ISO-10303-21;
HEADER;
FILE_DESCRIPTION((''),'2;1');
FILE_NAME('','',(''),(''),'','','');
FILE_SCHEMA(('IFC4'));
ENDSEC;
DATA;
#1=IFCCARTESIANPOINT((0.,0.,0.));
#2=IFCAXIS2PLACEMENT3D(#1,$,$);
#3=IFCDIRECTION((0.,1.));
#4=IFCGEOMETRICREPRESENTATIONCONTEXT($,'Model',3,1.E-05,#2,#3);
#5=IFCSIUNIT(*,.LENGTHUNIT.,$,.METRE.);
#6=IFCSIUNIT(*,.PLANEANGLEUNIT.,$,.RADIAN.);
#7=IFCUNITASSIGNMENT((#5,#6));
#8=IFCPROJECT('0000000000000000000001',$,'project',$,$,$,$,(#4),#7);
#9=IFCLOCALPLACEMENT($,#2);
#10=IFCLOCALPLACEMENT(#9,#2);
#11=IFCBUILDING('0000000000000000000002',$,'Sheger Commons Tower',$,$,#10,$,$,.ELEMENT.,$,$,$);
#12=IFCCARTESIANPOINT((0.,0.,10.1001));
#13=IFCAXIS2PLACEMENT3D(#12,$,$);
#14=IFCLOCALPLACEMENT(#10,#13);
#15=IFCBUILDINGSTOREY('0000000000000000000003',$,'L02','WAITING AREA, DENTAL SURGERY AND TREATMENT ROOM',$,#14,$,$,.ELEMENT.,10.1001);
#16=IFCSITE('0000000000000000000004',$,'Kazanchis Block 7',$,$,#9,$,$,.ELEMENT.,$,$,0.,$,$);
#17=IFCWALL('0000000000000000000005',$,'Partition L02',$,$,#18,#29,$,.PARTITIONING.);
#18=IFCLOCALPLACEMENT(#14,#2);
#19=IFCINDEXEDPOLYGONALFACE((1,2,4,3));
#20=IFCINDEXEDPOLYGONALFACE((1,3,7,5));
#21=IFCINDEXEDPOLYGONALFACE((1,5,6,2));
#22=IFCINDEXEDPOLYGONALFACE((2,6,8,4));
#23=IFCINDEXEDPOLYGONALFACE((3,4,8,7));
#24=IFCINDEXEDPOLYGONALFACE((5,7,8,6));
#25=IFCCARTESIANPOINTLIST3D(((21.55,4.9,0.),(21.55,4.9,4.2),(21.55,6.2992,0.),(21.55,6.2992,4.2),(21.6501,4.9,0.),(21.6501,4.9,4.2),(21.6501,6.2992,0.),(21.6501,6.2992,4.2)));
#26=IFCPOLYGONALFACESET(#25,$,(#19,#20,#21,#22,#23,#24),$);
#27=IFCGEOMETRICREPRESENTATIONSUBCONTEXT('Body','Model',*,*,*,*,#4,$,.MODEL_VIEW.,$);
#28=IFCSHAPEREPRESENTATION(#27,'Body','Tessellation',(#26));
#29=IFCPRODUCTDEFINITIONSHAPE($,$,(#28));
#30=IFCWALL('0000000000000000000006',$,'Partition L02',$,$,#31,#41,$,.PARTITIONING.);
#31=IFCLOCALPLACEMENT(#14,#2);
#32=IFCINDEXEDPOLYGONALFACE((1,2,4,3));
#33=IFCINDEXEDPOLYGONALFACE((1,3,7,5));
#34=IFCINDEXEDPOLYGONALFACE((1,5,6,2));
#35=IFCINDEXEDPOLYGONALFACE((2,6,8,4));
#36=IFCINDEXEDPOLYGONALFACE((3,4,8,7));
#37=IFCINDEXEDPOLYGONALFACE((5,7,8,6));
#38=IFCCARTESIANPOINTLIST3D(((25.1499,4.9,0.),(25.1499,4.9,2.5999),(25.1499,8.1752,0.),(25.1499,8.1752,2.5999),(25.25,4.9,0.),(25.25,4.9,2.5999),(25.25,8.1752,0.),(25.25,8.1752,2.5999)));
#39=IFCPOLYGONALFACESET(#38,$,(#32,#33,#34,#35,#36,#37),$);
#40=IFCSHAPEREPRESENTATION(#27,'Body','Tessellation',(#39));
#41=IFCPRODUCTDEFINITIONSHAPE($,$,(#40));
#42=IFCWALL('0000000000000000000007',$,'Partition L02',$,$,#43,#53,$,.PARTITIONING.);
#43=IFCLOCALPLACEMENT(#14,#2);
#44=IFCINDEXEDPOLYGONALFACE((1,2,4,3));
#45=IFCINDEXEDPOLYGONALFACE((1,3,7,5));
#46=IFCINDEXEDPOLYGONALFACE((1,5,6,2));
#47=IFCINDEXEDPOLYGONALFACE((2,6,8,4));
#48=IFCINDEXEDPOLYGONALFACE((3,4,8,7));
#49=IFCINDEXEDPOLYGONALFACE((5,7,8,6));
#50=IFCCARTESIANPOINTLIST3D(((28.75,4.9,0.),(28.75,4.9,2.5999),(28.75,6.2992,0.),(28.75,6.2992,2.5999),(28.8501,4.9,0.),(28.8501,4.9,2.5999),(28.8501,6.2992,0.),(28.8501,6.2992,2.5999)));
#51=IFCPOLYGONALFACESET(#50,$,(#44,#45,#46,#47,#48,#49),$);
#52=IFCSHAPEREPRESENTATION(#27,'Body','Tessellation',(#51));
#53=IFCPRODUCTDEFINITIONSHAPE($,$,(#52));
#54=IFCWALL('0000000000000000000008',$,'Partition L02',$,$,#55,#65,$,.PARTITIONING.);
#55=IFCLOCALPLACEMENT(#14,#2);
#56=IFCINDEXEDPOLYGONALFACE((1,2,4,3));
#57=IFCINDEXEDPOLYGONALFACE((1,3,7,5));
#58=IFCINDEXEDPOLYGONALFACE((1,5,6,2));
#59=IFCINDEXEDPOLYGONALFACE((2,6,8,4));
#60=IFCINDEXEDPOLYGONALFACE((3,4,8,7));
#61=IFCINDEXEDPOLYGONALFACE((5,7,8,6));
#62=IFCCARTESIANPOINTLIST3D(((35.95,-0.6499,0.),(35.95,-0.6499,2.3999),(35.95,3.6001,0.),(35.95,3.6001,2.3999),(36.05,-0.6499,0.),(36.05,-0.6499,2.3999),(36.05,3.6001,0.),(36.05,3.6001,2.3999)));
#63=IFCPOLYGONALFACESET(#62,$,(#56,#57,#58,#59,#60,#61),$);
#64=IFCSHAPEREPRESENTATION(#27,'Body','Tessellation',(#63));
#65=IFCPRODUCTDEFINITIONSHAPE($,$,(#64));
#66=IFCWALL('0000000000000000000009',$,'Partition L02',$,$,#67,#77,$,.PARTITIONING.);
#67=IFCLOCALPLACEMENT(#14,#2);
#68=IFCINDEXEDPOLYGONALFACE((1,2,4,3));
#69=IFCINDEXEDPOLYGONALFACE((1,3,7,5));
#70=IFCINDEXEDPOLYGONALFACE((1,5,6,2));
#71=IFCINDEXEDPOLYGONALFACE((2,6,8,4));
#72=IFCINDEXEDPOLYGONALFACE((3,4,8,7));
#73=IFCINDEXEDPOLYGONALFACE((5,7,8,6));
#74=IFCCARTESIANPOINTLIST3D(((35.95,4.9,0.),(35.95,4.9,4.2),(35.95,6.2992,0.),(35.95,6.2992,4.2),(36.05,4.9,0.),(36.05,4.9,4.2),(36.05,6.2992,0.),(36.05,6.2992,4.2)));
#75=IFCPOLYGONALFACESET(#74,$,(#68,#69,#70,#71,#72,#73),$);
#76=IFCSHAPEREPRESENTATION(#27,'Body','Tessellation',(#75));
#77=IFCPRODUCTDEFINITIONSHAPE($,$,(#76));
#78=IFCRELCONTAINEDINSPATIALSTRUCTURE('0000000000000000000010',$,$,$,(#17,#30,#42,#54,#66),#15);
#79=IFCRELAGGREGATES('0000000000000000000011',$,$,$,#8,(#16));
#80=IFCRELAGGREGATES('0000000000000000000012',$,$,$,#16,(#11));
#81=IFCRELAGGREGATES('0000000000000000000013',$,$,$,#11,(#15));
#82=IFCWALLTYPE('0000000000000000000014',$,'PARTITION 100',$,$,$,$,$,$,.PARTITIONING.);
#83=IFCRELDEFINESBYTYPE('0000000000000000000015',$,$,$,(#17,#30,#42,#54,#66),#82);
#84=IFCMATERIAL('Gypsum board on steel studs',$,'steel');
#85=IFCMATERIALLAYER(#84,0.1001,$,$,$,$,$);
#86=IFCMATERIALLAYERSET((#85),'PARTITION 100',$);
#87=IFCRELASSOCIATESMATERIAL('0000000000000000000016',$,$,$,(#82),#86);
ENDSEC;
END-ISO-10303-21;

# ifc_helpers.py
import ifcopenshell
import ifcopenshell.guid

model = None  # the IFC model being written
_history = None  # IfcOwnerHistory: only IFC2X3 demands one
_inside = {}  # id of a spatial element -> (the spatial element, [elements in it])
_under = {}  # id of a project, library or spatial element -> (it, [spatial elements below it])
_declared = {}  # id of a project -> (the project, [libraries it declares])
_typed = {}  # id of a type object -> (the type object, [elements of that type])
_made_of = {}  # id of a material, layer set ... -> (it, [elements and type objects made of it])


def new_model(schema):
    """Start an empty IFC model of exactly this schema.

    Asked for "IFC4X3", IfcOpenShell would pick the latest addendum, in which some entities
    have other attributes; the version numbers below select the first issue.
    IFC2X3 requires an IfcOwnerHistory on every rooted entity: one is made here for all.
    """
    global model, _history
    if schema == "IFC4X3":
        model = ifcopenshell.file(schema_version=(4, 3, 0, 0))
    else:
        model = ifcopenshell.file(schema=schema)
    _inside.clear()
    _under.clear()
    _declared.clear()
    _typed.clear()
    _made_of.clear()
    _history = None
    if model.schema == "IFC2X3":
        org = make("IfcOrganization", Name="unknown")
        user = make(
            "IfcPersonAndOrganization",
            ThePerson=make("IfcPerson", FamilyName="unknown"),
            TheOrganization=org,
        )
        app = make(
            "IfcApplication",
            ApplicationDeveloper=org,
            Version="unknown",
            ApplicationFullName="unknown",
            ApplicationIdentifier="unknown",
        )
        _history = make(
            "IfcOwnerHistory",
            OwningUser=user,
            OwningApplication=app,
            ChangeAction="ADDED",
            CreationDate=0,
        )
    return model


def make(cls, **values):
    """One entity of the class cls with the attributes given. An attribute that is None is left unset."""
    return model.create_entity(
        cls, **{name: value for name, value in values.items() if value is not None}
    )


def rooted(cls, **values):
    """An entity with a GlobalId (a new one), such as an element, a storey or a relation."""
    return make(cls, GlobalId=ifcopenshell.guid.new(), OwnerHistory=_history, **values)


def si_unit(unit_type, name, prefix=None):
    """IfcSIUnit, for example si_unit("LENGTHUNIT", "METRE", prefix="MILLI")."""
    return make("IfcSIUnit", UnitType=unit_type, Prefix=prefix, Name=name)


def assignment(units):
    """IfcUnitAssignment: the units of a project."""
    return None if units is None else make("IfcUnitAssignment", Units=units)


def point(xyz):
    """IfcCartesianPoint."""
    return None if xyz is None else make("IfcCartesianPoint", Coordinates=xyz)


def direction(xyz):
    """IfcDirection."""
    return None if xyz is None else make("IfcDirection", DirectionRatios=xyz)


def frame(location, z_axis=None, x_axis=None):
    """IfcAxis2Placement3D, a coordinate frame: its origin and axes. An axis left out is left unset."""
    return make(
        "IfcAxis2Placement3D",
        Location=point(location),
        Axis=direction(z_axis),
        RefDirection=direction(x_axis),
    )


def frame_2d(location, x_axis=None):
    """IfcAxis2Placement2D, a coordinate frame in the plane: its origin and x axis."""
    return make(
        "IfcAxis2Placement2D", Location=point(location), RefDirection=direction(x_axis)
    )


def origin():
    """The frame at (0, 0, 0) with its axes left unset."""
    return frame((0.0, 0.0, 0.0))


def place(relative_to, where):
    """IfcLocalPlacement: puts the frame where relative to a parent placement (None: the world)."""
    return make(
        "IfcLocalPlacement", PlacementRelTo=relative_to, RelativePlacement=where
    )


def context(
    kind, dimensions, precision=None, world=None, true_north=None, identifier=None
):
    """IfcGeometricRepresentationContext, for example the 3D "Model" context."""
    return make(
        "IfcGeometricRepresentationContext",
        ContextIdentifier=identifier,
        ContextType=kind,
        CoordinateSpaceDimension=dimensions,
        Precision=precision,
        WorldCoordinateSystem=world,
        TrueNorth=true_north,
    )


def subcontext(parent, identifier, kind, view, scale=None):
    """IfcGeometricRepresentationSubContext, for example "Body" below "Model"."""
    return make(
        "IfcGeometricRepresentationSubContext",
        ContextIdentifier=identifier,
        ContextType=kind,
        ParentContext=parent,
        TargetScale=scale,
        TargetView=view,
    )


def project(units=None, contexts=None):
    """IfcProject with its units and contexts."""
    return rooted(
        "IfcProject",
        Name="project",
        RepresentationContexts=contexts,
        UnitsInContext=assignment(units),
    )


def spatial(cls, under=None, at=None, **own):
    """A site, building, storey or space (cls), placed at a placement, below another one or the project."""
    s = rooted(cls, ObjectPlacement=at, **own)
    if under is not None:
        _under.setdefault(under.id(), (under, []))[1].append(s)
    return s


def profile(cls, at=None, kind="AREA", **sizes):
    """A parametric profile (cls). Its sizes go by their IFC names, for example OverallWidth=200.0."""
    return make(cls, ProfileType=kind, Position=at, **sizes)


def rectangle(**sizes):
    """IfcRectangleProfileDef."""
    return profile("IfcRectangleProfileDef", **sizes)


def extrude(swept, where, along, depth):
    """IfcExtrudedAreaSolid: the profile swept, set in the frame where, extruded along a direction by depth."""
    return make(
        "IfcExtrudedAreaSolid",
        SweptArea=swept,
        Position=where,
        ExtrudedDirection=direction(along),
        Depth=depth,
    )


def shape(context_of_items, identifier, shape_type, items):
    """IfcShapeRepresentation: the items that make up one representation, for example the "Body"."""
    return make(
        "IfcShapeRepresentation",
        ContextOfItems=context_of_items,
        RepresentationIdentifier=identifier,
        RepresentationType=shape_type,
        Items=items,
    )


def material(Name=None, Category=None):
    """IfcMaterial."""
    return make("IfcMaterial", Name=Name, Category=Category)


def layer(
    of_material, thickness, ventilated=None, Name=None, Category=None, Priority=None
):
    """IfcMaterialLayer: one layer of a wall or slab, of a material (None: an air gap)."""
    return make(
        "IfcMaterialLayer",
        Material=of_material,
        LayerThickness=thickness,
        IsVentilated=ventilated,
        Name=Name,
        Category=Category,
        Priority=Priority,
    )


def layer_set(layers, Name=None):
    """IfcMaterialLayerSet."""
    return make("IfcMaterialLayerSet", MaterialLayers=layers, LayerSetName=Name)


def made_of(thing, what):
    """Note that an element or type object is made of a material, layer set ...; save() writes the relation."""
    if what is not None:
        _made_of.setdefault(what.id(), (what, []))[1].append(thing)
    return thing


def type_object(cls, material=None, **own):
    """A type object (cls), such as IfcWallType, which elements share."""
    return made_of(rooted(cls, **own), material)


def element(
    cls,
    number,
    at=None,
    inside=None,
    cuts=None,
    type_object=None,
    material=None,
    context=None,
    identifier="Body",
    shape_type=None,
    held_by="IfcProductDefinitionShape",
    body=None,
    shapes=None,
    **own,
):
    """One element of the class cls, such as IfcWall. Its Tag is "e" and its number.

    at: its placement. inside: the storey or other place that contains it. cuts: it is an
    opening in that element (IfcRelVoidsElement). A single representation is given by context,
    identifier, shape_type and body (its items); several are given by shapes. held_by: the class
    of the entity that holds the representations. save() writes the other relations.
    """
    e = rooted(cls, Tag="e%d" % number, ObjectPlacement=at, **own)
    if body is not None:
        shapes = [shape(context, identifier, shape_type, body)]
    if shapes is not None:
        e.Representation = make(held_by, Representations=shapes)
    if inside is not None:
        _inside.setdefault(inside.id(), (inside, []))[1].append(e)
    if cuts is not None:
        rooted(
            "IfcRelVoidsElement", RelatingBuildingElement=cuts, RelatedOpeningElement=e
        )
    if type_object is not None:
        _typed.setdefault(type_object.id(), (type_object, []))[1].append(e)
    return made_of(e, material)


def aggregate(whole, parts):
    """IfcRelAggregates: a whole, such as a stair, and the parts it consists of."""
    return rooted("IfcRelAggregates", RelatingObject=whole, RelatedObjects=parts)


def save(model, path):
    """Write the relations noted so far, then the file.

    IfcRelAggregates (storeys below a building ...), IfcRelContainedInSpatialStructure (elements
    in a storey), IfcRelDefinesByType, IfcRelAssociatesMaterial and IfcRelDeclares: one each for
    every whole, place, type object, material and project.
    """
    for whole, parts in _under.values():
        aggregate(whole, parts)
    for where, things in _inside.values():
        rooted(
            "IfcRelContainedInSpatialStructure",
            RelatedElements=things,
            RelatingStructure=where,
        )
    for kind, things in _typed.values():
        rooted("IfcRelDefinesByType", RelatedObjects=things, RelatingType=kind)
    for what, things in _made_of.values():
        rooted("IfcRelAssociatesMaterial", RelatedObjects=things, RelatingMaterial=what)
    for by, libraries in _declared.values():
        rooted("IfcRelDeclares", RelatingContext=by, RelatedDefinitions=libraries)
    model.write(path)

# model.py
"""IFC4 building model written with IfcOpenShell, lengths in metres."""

from ifc_helpers import new_model, si_unit, direction, frame, frame_2d, origin, place, context, subcontext, project, spatial, rectangle, extrude, material, layer, layer_set, type_object, element, save


model = new_model("IFC4")

# Units and contexts
model_context = context("Model", 3, precision=1e-05, world=origin(), true_north=direction((0.0, 1.0)))
body_context = subcontext(model_context, "Body", "Model", "MODEL_VIEW")
ifc_project = project(units=[si_unit("LENGTHUNIT", "METRE"), si_unit("PLANEANGLEUNIT", "RADIAN")], contexts=[model_context])

# Site, building, storey
site_placement = place(None, origin())
site = spatial("IfcSite", under=ifc_project, at=site_placement, Name="Kazanchis Block 7", CompositionType="ELEMENT", RefElevation=0.0)
building_placement = place(site_placement, origin())
building = spatial("IfcBuilding", under=site, at=building_placement, Name="Sheger Commons Tower", CompositionType="ELEMENT")
storey_placement = place(building_placement, frame((0.0, 0.0, 10.1001)))
storey = spatial("IfcBuildingStorey", under=building, at=storey_placement, Name="L02", Description="WAITING AREA, DENTAL SURGERY AND TREATMENT ROOM", CompositionType="ELEMENT", Elevation=10.1001)

# Shared definitions
ifc_material_1 = material(Name="Gypsum board on steel studs", Category="steel")
ifc_layer_1 = layer(ifc_material_1, 0.1001)
ifc_layer_set_1 = layer_set([ifc_layer_1], Name="PARTITION 100")
wall_type_1 = type_object("IfcWallType", Name="PARTITION 100", PredefinedType="PARTITIONING", material=ifc_layer_set_1)

# Walls
wall_1_placement = place(storey_placement, frame((21.6001, 4.8999, 0.0), z_axis=(0.0, 0.0, 1.0), x_axis=(0.0, 1.0, 0.0)))
element("IfcWall", 1, at=wall_1_placement, inside=storey, type_object=wall_type_1, Name="Partition L02", PredefinedType="PARTITIONING", context=body_context, shape_type="SweptSolid", body=[
    extrude(rectangle(XDim=1.3992, YDim=0.1001, at=frame_2d((0.6997, 0.0))), origin(), (0.0, 0.0, 1.0), 4.2),
])
wall_2_placement = place(storey_placement, frame((25.2, 4.8999, 0.0), z_axis=(0.0, 0.0, 1.0), x_axis=(0.0, 1.0, 0.0)))
element("IfcWall", 2, at=wall_2_placement, inside=storey, type_object=wall_type_1, Name="Partition L02", PredefinedType="PARTITIONING", context=body_context, shape_type="SweptSolid", body=[
    extrude(rectangle(XDim=3.2751, YDim=0.1001, at=frame_2d((1.6377, 0.0))), origin(), (0.0, 0.0, 1.0), 2.5999),
])
wall_3_placement = place(storey_placement, frame((28.8, 4.8999, 0.0), z_axis=(0.0, 0.0, 1.0), x_axis=(0.0, 1.0, 0.0)))
element("IfcWall", 3, at=wall_3_placement, inside=storey, type_object=wall_type_1, Name="Partition L02", PredefinedType="PARTITIONING", context=body_context, shape_type="SweptSolid", body=[
    extrude(rectangle(XDim=1.3992, YDim=0.1001, at=frame_2d((0.6997, 0.0))), origin(), (0.0, 0.0, 1.0), 2.5999),
])
wall_4_placement = place(storey_placement, frame((36.0, -0.6499, 0.0), z_axis=(0.0, 0.0, 1.0), x_axis=(0.0, 1.0, 0.0)))
element("IfcWall", 4, at=wall_4_placement, inside=storey, type_object=wall_type_1, Name="Partition L02", PredefinedType="PARTITIONING", context=body_context, shape_type="SweptSolid", body=[
    extrude(rectangle(XDim=4.25, YDim=0.1001, at=frame_2d((2.125, 0.0))), origin(), (0.0, 0.0, 1.0), 2.3999),
])
wall_5_placement = place(storey_placement, frame((36.0, 4.8999, 0.0), z_axis=(0.0, 0.0, 1.0), x_axis=(0.0, 1.0, 0.0)))
element("IfcWall", 5, at=wall_5_placement, inside=storey, type_object=wall_type_1, Name="Partition L02", PredefinedType="PARTITIONING", context=body_context, shape_type="SweptSolid", body=[
    extrude(rectangle(XDim=1.3992, YDim=0.1001, at=frame_2d((0.6997, 0.0))), origin(), (0.0, 0.0, 1.0), 4.2),
])

save(model, "model.ifc")
